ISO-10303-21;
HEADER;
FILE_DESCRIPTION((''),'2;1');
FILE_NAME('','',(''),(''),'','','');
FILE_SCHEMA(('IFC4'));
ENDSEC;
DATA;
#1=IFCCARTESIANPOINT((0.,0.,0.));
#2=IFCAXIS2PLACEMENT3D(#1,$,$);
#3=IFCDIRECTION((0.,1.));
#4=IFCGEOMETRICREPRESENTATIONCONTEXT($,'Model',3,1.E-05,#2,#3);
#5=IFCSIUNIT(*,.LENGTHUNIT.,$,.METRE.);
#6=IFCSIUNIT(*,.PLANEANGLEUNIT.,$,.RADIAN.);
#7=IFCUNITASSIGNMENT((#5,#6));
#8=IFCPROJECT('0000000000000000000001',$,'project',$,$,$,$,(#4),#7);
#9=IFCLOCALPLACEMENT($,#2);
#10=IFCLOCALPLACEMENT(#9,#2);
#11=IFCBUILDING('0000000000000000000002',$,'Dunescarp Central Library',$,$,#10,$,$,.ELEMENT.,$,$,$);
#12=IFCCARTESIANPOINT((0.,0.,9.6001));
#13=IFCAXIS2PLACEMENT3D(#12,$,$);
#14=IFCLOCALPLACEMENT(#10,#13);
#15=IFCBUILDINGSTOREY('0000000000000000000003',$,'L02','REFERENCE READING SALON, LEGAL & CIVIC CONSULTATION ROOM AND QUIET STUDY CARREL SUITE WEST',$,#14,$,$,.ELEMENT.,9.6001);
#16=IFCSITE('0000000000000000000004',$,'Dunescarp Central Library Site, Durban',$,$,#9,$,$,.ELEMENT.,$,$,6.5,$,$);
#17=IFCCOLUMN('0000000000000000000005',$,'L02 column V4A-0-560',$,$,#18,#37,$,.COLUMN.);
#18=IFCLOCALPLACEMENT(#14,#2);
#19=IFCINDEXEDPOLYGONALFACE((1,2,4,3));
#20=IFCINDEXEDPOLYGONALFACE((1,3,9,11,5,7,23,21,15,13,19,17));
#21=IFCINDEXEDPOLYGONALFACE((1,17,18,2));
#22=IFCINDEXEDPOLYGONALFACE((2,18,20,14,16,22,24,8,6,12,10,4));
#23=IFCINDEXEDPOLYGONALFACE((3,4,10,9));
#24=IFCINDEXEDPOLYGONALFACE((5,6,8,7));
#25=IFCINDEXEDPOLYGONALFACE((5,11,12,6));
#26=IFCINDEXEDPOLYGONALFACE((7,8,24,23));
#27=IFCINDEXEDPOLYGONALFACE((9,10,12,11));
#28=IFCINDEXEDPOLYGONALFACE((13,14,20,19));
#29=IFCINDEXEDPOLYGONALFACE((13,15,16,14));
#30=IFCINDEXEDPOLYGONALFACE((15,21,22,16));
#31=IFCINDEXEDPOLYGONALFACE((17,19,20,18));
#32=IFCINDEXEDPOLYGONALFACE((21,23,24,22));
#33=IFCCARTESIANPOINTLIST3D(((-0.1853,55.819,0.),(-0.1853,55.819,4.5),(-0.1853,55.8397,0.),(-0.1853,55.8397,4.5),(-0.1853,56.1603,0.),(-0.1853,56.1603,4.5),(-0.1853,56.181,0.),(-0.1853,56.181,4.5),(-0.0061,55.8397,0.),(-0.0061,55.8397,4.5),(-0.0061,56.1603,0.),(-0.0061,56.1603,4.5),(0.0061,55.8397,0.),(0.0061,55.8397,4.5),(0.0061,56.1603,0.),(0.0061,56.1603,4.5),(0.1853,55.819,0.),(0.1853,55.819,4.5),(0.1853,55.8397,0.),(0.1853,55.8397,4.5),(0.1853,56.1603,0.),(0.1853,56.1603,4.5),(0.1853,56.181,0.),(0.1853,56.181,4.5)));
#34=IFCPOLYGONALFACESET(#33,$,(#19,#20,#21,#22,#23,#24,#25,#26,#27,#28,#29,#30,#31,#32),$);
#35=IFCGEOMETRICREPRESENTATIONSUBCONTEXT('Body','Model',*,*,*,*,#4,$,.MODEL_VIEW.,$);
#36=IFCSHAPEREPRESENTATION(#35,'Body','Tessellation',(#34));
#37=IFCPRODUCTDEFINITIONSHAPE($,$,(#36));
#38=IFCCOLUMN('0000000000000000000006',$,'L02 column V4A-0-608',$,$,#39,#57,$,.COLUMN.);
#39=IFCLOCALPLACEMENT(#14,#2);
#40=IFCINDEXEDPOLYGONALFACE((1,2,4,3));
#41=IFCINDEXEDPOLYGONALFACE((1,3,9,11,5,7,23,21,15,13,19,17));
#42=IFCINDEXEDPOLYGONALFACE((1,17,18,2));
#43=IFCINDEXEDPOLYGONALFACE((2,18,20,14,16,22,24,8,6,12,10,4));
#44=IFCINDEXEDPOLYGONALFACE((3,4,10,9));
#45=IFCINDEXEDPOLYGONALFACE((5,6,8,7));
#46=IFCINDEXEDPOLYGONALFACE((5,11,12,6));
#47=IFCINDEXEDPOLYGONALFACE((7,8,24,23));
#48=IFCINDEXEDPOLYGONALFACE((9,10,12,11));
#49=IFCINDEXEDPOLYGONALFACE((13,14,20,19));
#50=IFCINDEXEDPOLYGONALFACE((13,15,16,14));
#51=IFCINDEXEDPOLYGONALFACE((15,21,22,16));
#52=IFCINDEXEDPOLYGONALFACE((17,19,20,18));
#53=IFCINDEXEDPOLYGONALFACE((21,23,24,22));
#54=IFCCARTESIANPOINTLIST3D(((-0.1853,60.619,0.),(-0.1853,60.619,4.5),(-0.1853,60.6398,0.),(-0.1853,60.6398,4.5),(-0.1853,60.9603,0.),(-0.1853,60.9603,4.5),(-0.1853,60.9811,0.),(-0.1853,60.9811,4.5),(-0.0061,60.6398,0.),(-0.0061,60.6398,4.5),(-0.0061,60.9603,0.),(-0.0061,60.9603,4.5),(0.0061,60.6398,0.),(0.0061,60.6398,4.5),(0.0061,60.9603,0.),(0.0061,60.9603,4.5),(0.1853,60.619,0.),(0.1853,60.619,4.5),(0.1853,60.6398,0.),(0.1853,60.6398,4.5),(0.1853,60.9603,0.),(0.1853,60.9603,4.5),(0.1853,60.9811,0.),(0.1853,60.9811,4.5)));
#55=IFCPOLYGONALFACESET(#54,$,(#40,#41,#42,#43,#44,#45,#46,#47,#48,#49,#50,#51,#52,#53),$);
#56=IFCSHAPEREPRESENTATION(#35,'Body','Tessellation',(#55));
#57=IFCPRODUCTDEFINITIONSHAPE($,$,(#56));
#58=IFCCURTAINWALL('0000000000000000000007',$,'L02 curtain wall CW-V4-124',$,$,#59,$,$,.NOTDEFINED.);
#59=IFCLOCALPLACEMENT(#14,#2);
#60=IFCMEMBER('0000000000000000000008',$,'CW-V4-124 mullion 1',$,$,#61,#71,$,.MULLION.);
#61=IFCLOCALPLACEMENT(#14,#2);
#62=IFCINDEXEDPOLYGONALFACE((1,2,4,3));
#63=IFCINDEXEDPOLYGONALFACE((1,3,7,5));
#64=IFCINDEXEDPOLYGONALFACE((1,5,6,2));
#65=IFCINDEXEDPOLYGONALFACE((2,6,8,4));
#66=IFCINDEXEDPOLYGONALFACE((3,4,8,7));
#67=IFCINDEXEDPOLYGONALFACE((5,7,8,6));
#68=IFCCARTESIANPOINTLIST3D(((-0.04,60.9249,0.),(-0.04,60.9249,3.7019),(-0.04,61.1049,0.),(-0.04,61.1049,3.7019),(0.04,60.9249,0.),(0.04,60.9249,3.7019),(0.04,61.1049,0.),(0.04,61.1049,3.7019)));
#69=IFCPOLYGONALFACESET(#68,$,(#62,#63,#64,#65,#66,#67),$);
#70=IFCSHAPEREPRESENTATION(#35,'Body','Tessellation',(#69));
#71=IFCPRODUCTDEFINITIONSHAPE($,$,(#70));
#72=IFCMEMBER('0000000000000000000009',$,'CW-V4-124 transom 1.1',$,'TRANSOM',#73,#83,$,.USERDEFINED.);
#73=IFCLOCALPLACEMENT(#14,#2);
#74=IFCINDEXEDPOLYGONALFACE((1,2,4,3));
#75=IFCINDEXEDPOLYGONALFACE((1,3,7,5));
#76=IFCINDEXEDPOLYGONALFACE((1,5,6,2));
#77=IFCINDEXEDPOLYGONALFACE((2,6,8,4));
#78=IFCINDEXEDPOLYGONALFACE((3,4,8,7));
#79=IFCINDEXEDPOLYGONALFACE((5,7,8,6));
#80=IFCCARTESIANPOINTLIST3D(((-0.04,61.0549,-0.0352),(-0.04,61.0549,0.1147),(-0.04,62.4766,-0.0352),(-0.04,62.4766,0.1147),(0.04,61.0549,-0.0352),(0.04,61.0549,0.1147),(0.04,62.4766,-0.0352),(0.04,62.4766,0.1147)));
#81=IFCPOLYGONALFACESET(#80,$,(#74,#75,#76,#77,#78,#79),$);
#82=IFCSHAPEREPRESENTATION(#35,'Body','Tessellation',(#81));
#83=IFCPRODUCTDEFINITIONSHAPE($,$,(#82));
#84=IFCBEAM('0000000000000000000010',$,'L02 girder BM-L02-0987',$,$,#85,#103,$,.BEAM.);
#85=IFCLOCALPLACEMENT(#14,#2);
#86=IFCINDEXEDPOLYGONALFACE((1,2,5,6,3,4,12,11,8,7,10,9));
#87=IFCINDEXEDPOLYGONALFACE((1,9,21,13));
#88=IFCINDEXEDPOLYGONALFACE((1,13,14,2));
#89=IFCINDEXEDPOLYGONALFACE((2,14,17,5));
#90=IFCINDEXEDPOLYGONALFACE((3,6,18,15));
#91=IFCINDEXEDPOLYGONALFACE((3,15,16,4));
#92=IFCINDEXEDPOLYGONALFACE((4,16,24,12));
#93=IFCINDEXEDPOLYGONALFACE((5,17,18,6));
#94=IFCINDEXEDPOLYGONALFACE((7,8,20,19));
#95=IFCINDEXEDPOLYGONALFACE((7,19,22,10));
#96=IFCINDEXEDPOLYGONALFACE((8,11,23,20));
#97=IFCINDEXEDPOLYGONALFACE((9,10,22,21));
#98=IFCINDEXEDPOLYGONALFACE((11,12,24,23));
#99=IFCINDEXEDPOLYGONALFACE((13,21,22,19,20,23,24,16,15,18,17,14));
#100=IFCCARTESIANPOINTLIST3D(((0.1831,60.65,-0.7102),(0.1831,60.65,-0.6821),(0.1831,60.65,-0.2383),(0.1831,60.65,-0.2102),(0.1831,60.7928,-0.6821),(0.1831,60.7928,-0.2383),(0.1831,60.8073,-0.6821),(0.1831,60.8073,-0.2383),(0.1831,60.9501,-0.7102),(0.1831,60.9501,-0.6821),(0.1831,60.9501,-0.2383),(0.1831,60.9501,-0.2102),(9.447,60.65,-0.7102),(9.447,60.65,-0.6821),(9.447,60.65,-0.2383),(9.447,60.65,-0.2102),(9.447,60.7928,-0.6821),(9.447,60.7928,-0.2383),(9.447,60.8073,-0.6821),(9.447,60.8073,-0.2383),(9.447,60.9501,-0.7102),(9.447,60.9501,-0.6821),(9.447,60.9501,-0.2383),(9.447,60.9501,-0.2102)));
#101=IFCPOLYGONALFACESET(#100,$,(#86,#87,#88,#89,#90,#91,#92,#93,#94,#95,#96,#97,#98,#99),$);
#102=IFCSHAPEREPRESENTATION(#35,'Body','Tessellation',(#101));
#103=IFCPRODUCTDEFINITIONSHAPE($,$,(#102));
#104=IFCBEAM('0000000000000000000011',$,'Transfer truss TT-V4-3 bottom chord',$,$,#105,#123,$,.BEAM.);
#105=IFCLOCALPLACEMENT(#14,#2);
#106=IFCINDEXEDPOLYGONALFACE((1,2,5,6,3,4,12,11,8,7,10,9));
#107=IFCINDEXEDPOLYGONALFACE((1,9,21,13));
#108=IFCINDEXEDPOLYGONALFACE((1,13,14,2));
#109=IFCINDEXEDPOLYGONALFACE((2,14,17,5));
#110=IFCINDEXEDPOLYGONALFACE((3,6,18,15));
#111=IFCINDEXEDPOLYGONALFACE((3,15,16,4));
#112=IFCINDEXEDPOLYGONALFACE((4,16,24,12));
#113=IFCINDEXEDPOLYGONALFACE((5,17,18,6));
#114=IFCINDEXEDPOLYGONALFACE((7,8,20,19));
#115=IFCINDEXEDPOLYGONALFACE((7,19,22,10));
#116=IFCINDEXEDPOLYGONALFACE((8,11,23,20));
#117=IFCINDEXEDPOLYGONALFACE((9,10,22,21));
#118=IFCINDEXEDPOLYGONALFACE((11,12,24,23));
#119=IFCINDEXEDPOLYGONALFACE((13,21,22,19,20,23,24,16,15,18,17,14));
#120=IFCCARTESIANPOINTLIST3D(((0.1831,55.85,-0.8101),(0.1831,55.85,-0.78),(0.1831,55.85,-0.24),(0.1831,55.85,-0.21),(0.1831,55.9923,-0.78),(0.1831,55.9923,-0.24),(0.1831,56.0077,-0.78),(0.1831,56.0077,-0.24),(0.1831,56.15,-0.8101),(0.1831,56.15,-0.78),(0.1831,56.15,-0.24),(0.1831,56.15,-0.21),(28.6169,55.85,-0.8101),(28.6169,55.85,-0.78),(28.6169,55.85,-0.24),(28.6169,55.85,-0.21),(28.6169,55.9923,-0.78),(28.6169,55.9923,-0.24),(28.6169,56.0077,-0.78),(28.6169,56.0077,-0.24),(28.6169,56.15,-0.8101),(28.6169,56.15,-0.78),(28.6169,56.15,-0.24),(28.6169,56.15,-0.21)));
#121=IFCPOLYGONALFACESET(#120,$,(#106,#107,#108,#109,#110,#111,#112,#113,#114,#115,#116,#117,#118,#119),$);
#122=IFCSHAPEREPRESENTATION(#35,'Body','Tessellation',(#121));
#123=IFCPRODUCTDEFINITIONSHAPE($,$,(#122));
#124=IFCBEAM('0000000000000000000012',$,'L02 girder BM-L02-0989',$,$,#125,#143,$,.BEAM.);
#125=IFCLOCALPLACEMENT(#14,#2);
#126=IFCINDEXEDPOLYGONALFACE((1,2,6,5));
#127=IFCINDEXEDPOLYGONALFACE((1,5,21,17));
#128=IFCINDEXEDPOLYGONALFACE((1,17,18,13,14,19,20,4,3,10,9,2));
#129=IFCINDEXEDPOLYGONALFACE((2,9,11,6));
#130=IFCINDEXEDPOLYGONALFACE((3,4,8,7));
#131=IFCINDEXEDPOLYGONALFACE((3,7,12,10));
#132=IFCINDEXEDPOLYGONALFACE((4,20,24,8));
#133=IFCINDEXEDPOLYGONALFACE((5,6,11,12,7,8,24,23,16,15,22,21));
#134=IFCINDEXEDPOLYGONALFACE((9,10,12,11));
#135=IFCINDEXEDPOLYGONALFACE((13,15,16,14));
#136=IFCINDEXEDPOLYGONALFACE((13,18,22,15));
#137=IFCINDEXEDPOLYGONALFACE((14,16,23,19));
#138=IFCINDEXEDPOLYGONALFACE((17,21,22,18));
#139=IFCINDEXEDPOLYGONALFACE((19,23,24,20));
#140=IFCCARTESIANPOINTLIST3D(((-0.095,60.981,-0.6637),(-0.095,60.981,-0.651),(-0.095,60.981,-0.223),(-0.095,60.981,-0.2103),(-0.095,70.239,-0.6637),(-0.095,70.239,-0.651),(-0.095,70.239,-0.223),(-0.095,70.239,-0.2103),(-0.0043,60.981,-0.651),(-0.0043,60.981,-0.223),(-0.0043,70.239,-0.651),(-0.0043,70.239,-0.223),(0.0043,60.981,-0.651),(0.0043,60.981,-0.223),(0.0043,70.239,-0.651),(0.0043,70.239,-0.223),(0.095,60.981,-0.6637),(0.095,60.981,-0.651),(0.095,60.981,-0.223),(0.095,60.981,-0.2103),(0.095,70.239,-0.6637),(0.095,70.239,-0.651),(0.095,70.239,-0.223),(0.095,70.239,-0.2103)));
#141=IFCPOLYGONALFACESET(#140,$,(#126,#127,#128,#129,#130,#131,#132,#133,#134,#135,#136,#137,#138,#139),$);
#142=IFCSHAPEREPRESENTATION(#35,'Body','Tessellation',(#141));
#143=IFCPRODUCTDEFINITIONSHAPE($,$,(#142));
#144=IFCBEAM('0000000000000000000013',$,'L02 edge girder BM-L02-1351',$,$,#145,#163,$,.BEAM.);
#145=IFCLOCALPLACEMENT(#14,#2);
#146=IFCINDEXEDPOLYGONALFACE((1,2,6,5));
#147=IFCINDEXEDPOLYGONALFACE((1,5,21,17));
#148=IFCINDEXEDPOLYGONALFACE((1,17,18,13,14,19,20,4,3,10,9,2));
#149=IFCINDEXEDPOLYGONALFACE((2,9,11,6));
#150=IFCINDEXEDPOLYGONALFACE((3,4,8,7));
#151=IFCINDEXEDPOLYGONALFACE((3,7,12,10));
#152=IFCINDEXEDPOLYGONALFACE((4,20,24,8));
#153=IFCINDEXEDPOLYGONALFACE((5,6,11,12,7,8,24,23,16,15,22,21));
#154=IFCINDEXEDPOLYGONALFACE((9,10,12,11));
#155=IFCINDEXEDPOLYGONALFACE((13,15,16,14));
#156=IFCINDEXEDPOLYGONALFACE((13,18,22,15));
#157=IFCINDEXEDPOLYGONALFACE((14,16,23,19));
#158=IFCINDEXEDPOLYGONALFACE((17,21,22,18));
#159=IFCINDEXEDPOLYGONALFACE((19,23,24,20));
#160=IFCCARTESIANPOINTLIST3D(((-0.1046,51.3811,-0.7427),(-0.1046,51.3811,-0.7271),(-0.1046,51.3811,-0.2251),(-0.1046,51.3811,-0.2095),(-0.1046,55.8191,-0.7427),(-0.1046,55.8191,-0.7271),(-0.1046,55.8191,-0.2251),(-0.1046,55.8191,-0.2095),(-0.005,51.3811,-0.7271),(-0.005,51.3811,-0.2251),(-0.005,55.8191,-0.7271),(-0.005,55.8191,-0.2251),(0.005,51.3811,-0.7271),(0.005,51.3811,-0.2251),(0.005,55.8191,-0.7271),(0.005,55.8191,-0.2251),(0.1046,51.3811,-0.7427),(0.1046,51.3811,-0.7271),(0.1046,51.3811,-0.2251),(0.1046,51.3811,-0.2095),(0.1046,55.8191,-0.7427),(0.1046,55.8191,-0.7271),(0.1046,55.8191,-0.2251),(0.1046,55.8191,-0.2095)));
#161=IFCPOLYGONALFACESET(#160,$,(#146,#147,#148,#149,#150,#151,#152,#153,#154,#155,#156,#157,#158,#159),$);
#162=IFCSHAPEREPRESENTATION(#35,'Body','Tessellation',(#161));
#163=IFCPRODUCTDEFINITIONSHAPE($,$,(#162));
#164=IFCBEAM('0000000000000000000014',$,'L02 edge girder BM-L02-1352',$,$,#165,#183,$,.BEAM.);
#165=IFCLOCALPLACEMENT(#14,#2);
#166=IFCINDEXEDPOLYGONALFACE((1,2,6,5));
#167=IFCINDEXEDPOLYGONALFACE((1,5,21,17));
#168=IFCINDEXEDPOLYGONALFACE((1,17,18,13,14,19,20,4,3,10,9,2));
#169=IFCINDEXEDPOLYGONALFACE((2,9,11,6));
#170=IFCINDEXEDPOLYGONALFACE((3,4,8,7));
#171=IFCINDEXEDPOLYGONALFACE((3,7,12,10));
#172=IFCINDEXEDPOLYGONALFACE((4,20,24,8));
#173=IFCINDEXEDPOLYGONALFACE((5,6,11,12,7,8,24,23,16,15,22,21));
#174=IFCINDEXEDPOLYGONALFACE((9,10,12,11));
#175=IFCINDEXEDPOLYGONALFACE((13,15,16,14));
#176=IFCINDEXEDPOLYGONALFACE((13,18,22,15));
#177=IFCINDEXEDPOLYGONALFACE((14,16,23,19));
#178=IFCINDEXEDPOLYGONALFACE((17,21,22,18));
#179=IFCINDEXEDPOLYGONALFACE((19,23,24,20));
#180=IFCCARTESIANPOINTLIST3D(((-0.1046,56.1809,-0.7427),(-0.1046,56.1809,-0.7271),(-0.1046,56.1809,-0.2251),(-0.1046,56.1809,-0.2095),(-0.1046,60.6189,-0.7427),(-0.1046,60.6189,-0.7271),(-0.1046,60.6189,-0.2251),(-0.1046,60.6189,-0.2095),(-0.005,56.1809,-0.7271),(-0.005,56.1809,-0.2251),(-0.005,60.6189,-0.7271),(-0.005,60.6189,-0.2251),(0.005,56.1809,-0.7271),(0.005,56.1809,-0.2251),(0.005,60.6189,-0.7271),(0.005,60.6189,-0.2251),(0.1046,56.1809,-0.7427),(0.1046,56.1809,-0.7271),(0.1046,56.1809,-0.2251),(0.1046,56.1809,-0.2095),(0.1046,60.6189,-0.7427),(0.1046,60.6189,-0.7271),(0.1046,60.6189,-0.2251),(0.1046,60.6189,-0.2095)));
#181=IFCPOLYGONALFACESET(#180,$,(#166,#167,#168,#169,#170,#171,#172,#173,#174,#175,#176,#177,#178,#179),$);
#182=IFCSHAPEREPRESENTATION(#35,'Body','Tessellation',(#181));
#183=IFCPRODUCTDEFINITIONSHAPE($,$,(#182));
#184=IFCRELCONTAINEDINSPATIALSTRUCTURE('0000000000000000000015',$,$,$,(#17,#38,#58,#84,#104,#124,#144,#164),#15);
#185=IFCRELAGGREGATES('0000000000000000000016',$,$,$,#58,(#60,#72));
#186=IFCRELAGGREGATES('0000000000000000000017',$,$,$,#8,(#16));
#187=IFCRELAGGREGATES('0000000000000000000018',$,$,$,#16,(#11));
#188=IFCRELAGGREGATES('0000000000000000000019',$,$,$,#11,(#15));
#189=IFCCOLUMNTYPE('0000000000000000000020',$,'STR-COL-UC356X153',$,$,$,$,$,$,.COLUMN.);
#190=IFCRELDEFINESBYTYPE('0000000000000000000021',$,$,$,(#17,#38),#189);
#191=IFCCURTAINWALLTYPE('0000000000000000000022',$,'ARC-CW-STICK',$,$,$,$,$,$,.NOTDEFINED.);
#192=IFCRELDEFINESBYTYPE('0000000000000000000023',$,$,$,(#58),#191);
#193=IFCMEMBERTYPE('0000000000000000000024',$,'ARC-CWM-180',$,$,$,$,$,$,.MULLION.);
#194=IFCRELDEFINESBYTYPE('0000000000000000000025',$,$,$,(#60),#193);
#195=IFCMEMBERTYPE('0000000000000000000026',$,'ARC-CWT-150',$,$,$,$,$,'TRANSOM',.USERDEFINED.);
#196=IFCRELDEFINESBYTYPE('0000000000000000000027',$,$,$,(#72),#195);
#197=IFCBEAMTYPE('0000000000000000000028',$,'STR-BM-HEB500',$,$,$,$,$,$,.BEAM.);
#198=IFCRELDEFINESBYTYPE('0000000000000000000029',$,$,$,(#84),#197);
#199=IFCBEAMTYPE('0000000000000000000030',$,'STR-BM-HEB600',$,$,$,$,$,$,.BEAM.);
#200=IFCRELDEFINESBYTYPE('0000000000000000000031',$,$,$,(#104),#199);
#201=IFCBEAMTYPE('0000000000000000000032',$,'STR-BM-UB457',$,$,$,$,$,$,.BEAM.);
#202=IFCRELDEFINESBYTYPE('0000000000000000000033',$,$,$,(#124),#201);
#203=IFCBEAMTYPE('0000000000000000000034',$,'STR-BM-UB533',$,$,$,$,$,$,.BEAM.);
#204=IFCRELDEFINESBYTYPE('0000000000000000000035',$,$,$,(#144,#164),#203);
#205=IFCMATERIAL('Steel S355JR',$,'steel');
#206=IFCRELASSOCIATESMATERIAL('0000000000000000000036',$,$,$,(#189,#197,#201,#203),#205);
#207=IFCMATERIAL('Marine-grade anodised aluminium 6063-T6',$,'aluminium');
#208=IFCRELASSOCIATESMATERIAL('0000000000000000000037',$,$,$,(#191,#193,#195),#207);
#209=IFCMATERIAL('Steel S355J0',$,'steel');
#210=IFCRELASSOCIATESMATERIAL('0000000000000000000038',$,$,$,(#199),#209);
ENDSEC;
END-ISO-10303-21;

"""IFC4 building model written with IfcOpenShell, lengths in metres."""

from ifc_helpers import new_model, si_unit, direction, frame, origin, origin_2d, place, context, subcontext, project, spatial, rectangle, i_section, extrude, material, material_profile, profile_set, type_object, element, aggregate, save


model = new_model("IFC4")

# Units and contexts
model_context = context("Model", 3, precision=1e-05, world=origin(), true_north=direction((0.0, 1.0)))
body_context = subcontext(model_context, "Body", "Model", "MODEL_VIEW")
ifc_project = project(units=[si_unit("LENGTHUNIT", "METRE"), si_unit("PLANEANGLEUNIT", "RADIAN")], contexts=[model_context])

# Site, building, storey
site_placement = place(None, origin())
site = spatial("IfcSite", under=ifc_project, at=site_placement, Name="Dunescarp Central Library Site, Durban", CompositionType="ELEMENT", RefElevation=6.5)
building_placement = place(site_placement, origin())
building = spatial("IfcBuilding", under=site, at=building_placement, Name="Dunescarp Central Library", CompositionType="ELEMENT")
storey_placement = place(building_placement, frame((0.0, 0.0, 9.6001)))
storey = spatial("IfcBuildingStorey", under=building, at=storey_placement, Name="L02", Description="REFERENCE READING SALON, LEGAL & CIVIC CONSULTATION ROOM AND QUIET STUDY CARREL SUITE WEST", CompositionType="ELEMENT", Elevation=9.6001)

# Columns
ifc_material_1 = material(Name="Steel S355JR", Category="steel")
ifc_material_profile_1 = material_profile(ifc_material_1, i_section(OverallWidth=0.3706, OverallDepth=0.3621, WebThickness=0.0122, FlangeThickness=0.0208, at=origin_2d()), Name="UC 356x368x153")
ifc_profile_set_1 = profile_set([ifc_material_profile_1], Name="Steel S355JR")
column_type = type_object("IfcColumnType", Name="STR-COL-UC356X153", PredefinedType="COLUMN", material=ifc_profile_set_1)
for number, where, z_axis, x_axis, name in (
    (1, (0.0, 56.0, 0.0), (0.0, 0.0, 1.0), (1.0, 0.0, 0.0), "L02 column V4A-0-560"),
    (2, (0.0, 60.8, 0.0), (0.0, 0.0, 1.0), (1.0, 0.0, 0.0), "L02 column V4A-0-608"),
):
    element("IfcColumn", number, at=place(storey_placement, frame(where, z_axis=z_axis, x_axis=x_axis)), inside=storey, type_object=column_type, Name=name, PredefinedType="COLUMN", context=body_context, shape_type="SweptSolid", body=[
        extrude(i_section(OverallWidth=0.3706, OverallDepth=0.3621, WebThickness=0.0122, FlangeThickness=0.0208, at=origin_2d()), origin(), (0.0, 0.0, 1.0), 4.5),
    ])

# Curtain wall, members
ifc_material_2 = material(Name="Marine-grade anodised aluminium 6063-T6", Category="aluminium")
curtain_wall_type = type_object("IfcCurtainWallType", Name="ARC-CW-STICK", PredefinedType="NOTDEFINED", material=ifc_material_2)
curtain_wall_placement = place(storey_placement, origin())
curtain_wall = element("IfcCurtainWall", 3, at=curtain_wall_placement, inside=storey, type_object=curtain_wall_type, Name="L02 curtain wall CW-V4-124", PredefinedType="NOTDEFINED")
ifc_material_profile_2 = material_profile(ifc_material_2, rectangle(XDim=0.0801, YDim=0.1799, at=origin_2d()), Name="AL 80x180")
ifc_profile_set_2 = profile_set([ifc_material_profile_2], Name="Marine-grade anodised aluminium 6063-T6")
member_type_1 = type_object("IfcMemberType", Name="ARC-CWM-180", PredefinedType="MULLION", material=ifc_profile_set_2)
member_1_placement = place(storey_placement, frame((0.0, 61.0149, 0.0), z_axis=(0.0, 0.0, 1.0), x_axis=(-1.0, 0.0, 0.0)))
member_1 = element("IfcMember", 4, at=member_1_placement, type_object=member_type_1, Name="CW-V4-124 mullion 1", PredefinedType="MULLION", context=body_context, shape_type="SweptSolid", body=[
    extrude(rectangle(XDim=0.0801, YDim=0.1799, at=origin_2d()), origin(), (0.0, 0.0, 1.0), 3.7019),
])
ifc_material_profile_3 = material_profile(ifc_material_2, rectangle(XDim=0.0801, YDim=0.1499, at=origin_2d()), Name="AL 80x150")
ifc_profile_set_3 = profile_set([ifc_material_profile_3], Name="Marine-grade anodised aluminium 6063-T6")
member_type_2 = type_object("IfcMemberType", Name="ARC-CWT-150", ElementType="TRANSOM", PredefinedType="USERDEFINED", material=ifc_profile_set_3)
member_2_placement = place(storey_placement, frame((0.0, 61.0549, 0.0398), z_axis=(0.0, 1.0, 0.0), x_axis=(-1.0, 0.0, 0.0)))
member_2 = element("IfcMember", 5, at=member_2_placement, type_object=member_type_2, Name="CW-V4-124 transom 1.1", ObjectType="TRANSOM", PredefinedType="USERDEFINED", context=body_context, shape_type="SweptSolid", body=[
    extrude(rectangle(XDim=0.0801, YDim=0.1499, at=origin_2d()), origin(), (0.0, 0.0, 1.0), 1.4216),
])
aggregate(curtain_wall, [member_1, member_2])

# Beams
ifc_material_profile_4 = material_profile(ifc_material_1, i_section(OverallWidth=0.3, OverallDepth=0.5, WebThickness=0.0144, FlangeThickness=0.0281, at=origin_2d()), Name="HEB 500")
ifc_profile_set_4 = profile_set([ifc_material_profile_4], Name="Steel S355JR")
beam_type_1 = type_object("IfcBeamType", Name="STR-BM-HEB500", PredefinedType="BEAM", material=ifc_profile_set_4)
beam_1_placement = place(storey_placement, frame((0.1831, 60.8, -0.4602), z_axis=(1.0, 0.0, 0.0), x_axis=(0.0, 1.0, 0.0)))
element("IfcBeam", 6, at=beam_1_placement, inside=storey, type_object=beam_type_1, Name="L02 girder BM-L02-0987", PredefinedType="BEAM", context=body_context, shape_type="SweptSolid", body=[
    extrude(i_section(OverallWidth=0.3, OverallDepth=0.5, WebThickness=0.0144, FlangeThickness=0.0281, at=origin_2d()), origin(), (0.0, 0.0, 1.0), 9.2639),
])
ifc_material_3 = material(Name="Steel S355J0", Category="steel")
ifc_material_profile_5 = material_profile(ifc_material_3, i_section(OverallWidth=0.3, OverallDepth=0.6001, WebThickness=0.0154, FlangeThickness=0.03, at=origin_2d()), Name="HEB 600")
ifc_profile_set_5 = profile_set([ifc_material_profile_5], Name="Steel S355J0")
beam_type_2 = type_object("IfcBeamType", Name="STR-BM-HEB600", PredefinedType="BEAM", material=ifc_profile_set_5)
beam_2_placement = place(storey_placement, frame((0.1831, 56.0, -0.51), z_axis=(1.0, 0.0, 0.0), x_axis=(0.0, 1.0, 0.0)))
element("IfcBeam", 7, at=beam_2_placement, inside=storey, type_object=beam_type_2, Name="Transfer truss TT-V4-3 bottom chord", PredefinedType="BEAM", context=body_context, shape_type="SweptSolid", body=[
    extrude(i_section(OverallWidth=0.3, OverallDepth=0.6001, WebThickness=0.0154, FlangeThickness=0.03, at=origin_2d()), origin(), (0.0, 0.0, 1.0), 28.4338),
])
ifc_material_profile_6 = material_profile(ifc_material_1, i_section(OverallWidth=0.1899, OverallDepth=0.4534, WebThickness=0.0085, FlangeThickness=0.0127, at=origin_2d()), Name="UB 457x191x67")
ifc_profile_set_6 = profile_set([ifc_material_profile_6], Name="Steel S355JR")
beam_type_3 = type_object("IfcBeamType", Name="STR-BM-UB457", PredefinedType="BEAM", material=ifc_profile_set_6)
beam_3_placement = place(storey_placement, frame((0.0, 60.981, -0.437), z_axis=(0.0, 1.0, 0.0), x_axis=(-1.0, 0.0, 0.0)))
element("IfcBeam", 8, at=beam_3_placement, inside=storey, type_object=beam_type_3, Name="L02 girder BM-L02-0989", PredefinedType="BEAM", context=body_context, shape_type="SweptSolid", body=[
    extrude(i_section(OverallWidth=0.1899, OverallDepth=0.4534, WebThickness=0.0085, FlangeThickness=0.0127, at=origin_2d()), origin(), (0.0, 0.0, 1.0), 9.2581),
])
ifc_material_profile_7 = material_profile(ifc_material_1, i_section(OverallWidth=0.2092, OverallDepth=0.5332, WebThickness=0.01, FlangeThickness=0.0156, at=origin_2d()), Name="UB 533x210x92")
ifc_profile_set_7 = profile_set([ifc_material_profile_7], Name="Steel S355JR")
beam_type_4 = type_object("IfcBeamType", Name="STR-BM-UB533", PredefinedType="BEAM", material=ifc_profile_set_7)
for number, where, z_axis, x_axis, name in (
    (9, (0.0, 51.3811, -0.4761), (0.0, 1.0, 0.0), (-1.0, 0.0, 0.0), "L02 edge girder BM-L02-1351"),
    (10, (0.0, 56.1809, -0.4761), (0.0, 1.0, 0.0), (-1.0, 0.0, 0.0), "L02 edge girder BM-L02-1352"),
):
    element("IfcBeam", number, at=place(storey_placement, frame(where, z_axis=z_axis, x_axis=x_axis)), inside=storey, type_object=beam_type_4, Name=name, PredefinedType="BEAM", context=body_context, shape_type="SweptSolid", body=[
        extrude(i_section(OverallWidth=0.2092, OverallDepth=0.5332, WebThickness=0.01, FlangeThickness=0.0156, at=origin_2d()), origin(), (0.0, 0.0, 1.0), 4.438),
    ])

save(model, "model.ifc")
